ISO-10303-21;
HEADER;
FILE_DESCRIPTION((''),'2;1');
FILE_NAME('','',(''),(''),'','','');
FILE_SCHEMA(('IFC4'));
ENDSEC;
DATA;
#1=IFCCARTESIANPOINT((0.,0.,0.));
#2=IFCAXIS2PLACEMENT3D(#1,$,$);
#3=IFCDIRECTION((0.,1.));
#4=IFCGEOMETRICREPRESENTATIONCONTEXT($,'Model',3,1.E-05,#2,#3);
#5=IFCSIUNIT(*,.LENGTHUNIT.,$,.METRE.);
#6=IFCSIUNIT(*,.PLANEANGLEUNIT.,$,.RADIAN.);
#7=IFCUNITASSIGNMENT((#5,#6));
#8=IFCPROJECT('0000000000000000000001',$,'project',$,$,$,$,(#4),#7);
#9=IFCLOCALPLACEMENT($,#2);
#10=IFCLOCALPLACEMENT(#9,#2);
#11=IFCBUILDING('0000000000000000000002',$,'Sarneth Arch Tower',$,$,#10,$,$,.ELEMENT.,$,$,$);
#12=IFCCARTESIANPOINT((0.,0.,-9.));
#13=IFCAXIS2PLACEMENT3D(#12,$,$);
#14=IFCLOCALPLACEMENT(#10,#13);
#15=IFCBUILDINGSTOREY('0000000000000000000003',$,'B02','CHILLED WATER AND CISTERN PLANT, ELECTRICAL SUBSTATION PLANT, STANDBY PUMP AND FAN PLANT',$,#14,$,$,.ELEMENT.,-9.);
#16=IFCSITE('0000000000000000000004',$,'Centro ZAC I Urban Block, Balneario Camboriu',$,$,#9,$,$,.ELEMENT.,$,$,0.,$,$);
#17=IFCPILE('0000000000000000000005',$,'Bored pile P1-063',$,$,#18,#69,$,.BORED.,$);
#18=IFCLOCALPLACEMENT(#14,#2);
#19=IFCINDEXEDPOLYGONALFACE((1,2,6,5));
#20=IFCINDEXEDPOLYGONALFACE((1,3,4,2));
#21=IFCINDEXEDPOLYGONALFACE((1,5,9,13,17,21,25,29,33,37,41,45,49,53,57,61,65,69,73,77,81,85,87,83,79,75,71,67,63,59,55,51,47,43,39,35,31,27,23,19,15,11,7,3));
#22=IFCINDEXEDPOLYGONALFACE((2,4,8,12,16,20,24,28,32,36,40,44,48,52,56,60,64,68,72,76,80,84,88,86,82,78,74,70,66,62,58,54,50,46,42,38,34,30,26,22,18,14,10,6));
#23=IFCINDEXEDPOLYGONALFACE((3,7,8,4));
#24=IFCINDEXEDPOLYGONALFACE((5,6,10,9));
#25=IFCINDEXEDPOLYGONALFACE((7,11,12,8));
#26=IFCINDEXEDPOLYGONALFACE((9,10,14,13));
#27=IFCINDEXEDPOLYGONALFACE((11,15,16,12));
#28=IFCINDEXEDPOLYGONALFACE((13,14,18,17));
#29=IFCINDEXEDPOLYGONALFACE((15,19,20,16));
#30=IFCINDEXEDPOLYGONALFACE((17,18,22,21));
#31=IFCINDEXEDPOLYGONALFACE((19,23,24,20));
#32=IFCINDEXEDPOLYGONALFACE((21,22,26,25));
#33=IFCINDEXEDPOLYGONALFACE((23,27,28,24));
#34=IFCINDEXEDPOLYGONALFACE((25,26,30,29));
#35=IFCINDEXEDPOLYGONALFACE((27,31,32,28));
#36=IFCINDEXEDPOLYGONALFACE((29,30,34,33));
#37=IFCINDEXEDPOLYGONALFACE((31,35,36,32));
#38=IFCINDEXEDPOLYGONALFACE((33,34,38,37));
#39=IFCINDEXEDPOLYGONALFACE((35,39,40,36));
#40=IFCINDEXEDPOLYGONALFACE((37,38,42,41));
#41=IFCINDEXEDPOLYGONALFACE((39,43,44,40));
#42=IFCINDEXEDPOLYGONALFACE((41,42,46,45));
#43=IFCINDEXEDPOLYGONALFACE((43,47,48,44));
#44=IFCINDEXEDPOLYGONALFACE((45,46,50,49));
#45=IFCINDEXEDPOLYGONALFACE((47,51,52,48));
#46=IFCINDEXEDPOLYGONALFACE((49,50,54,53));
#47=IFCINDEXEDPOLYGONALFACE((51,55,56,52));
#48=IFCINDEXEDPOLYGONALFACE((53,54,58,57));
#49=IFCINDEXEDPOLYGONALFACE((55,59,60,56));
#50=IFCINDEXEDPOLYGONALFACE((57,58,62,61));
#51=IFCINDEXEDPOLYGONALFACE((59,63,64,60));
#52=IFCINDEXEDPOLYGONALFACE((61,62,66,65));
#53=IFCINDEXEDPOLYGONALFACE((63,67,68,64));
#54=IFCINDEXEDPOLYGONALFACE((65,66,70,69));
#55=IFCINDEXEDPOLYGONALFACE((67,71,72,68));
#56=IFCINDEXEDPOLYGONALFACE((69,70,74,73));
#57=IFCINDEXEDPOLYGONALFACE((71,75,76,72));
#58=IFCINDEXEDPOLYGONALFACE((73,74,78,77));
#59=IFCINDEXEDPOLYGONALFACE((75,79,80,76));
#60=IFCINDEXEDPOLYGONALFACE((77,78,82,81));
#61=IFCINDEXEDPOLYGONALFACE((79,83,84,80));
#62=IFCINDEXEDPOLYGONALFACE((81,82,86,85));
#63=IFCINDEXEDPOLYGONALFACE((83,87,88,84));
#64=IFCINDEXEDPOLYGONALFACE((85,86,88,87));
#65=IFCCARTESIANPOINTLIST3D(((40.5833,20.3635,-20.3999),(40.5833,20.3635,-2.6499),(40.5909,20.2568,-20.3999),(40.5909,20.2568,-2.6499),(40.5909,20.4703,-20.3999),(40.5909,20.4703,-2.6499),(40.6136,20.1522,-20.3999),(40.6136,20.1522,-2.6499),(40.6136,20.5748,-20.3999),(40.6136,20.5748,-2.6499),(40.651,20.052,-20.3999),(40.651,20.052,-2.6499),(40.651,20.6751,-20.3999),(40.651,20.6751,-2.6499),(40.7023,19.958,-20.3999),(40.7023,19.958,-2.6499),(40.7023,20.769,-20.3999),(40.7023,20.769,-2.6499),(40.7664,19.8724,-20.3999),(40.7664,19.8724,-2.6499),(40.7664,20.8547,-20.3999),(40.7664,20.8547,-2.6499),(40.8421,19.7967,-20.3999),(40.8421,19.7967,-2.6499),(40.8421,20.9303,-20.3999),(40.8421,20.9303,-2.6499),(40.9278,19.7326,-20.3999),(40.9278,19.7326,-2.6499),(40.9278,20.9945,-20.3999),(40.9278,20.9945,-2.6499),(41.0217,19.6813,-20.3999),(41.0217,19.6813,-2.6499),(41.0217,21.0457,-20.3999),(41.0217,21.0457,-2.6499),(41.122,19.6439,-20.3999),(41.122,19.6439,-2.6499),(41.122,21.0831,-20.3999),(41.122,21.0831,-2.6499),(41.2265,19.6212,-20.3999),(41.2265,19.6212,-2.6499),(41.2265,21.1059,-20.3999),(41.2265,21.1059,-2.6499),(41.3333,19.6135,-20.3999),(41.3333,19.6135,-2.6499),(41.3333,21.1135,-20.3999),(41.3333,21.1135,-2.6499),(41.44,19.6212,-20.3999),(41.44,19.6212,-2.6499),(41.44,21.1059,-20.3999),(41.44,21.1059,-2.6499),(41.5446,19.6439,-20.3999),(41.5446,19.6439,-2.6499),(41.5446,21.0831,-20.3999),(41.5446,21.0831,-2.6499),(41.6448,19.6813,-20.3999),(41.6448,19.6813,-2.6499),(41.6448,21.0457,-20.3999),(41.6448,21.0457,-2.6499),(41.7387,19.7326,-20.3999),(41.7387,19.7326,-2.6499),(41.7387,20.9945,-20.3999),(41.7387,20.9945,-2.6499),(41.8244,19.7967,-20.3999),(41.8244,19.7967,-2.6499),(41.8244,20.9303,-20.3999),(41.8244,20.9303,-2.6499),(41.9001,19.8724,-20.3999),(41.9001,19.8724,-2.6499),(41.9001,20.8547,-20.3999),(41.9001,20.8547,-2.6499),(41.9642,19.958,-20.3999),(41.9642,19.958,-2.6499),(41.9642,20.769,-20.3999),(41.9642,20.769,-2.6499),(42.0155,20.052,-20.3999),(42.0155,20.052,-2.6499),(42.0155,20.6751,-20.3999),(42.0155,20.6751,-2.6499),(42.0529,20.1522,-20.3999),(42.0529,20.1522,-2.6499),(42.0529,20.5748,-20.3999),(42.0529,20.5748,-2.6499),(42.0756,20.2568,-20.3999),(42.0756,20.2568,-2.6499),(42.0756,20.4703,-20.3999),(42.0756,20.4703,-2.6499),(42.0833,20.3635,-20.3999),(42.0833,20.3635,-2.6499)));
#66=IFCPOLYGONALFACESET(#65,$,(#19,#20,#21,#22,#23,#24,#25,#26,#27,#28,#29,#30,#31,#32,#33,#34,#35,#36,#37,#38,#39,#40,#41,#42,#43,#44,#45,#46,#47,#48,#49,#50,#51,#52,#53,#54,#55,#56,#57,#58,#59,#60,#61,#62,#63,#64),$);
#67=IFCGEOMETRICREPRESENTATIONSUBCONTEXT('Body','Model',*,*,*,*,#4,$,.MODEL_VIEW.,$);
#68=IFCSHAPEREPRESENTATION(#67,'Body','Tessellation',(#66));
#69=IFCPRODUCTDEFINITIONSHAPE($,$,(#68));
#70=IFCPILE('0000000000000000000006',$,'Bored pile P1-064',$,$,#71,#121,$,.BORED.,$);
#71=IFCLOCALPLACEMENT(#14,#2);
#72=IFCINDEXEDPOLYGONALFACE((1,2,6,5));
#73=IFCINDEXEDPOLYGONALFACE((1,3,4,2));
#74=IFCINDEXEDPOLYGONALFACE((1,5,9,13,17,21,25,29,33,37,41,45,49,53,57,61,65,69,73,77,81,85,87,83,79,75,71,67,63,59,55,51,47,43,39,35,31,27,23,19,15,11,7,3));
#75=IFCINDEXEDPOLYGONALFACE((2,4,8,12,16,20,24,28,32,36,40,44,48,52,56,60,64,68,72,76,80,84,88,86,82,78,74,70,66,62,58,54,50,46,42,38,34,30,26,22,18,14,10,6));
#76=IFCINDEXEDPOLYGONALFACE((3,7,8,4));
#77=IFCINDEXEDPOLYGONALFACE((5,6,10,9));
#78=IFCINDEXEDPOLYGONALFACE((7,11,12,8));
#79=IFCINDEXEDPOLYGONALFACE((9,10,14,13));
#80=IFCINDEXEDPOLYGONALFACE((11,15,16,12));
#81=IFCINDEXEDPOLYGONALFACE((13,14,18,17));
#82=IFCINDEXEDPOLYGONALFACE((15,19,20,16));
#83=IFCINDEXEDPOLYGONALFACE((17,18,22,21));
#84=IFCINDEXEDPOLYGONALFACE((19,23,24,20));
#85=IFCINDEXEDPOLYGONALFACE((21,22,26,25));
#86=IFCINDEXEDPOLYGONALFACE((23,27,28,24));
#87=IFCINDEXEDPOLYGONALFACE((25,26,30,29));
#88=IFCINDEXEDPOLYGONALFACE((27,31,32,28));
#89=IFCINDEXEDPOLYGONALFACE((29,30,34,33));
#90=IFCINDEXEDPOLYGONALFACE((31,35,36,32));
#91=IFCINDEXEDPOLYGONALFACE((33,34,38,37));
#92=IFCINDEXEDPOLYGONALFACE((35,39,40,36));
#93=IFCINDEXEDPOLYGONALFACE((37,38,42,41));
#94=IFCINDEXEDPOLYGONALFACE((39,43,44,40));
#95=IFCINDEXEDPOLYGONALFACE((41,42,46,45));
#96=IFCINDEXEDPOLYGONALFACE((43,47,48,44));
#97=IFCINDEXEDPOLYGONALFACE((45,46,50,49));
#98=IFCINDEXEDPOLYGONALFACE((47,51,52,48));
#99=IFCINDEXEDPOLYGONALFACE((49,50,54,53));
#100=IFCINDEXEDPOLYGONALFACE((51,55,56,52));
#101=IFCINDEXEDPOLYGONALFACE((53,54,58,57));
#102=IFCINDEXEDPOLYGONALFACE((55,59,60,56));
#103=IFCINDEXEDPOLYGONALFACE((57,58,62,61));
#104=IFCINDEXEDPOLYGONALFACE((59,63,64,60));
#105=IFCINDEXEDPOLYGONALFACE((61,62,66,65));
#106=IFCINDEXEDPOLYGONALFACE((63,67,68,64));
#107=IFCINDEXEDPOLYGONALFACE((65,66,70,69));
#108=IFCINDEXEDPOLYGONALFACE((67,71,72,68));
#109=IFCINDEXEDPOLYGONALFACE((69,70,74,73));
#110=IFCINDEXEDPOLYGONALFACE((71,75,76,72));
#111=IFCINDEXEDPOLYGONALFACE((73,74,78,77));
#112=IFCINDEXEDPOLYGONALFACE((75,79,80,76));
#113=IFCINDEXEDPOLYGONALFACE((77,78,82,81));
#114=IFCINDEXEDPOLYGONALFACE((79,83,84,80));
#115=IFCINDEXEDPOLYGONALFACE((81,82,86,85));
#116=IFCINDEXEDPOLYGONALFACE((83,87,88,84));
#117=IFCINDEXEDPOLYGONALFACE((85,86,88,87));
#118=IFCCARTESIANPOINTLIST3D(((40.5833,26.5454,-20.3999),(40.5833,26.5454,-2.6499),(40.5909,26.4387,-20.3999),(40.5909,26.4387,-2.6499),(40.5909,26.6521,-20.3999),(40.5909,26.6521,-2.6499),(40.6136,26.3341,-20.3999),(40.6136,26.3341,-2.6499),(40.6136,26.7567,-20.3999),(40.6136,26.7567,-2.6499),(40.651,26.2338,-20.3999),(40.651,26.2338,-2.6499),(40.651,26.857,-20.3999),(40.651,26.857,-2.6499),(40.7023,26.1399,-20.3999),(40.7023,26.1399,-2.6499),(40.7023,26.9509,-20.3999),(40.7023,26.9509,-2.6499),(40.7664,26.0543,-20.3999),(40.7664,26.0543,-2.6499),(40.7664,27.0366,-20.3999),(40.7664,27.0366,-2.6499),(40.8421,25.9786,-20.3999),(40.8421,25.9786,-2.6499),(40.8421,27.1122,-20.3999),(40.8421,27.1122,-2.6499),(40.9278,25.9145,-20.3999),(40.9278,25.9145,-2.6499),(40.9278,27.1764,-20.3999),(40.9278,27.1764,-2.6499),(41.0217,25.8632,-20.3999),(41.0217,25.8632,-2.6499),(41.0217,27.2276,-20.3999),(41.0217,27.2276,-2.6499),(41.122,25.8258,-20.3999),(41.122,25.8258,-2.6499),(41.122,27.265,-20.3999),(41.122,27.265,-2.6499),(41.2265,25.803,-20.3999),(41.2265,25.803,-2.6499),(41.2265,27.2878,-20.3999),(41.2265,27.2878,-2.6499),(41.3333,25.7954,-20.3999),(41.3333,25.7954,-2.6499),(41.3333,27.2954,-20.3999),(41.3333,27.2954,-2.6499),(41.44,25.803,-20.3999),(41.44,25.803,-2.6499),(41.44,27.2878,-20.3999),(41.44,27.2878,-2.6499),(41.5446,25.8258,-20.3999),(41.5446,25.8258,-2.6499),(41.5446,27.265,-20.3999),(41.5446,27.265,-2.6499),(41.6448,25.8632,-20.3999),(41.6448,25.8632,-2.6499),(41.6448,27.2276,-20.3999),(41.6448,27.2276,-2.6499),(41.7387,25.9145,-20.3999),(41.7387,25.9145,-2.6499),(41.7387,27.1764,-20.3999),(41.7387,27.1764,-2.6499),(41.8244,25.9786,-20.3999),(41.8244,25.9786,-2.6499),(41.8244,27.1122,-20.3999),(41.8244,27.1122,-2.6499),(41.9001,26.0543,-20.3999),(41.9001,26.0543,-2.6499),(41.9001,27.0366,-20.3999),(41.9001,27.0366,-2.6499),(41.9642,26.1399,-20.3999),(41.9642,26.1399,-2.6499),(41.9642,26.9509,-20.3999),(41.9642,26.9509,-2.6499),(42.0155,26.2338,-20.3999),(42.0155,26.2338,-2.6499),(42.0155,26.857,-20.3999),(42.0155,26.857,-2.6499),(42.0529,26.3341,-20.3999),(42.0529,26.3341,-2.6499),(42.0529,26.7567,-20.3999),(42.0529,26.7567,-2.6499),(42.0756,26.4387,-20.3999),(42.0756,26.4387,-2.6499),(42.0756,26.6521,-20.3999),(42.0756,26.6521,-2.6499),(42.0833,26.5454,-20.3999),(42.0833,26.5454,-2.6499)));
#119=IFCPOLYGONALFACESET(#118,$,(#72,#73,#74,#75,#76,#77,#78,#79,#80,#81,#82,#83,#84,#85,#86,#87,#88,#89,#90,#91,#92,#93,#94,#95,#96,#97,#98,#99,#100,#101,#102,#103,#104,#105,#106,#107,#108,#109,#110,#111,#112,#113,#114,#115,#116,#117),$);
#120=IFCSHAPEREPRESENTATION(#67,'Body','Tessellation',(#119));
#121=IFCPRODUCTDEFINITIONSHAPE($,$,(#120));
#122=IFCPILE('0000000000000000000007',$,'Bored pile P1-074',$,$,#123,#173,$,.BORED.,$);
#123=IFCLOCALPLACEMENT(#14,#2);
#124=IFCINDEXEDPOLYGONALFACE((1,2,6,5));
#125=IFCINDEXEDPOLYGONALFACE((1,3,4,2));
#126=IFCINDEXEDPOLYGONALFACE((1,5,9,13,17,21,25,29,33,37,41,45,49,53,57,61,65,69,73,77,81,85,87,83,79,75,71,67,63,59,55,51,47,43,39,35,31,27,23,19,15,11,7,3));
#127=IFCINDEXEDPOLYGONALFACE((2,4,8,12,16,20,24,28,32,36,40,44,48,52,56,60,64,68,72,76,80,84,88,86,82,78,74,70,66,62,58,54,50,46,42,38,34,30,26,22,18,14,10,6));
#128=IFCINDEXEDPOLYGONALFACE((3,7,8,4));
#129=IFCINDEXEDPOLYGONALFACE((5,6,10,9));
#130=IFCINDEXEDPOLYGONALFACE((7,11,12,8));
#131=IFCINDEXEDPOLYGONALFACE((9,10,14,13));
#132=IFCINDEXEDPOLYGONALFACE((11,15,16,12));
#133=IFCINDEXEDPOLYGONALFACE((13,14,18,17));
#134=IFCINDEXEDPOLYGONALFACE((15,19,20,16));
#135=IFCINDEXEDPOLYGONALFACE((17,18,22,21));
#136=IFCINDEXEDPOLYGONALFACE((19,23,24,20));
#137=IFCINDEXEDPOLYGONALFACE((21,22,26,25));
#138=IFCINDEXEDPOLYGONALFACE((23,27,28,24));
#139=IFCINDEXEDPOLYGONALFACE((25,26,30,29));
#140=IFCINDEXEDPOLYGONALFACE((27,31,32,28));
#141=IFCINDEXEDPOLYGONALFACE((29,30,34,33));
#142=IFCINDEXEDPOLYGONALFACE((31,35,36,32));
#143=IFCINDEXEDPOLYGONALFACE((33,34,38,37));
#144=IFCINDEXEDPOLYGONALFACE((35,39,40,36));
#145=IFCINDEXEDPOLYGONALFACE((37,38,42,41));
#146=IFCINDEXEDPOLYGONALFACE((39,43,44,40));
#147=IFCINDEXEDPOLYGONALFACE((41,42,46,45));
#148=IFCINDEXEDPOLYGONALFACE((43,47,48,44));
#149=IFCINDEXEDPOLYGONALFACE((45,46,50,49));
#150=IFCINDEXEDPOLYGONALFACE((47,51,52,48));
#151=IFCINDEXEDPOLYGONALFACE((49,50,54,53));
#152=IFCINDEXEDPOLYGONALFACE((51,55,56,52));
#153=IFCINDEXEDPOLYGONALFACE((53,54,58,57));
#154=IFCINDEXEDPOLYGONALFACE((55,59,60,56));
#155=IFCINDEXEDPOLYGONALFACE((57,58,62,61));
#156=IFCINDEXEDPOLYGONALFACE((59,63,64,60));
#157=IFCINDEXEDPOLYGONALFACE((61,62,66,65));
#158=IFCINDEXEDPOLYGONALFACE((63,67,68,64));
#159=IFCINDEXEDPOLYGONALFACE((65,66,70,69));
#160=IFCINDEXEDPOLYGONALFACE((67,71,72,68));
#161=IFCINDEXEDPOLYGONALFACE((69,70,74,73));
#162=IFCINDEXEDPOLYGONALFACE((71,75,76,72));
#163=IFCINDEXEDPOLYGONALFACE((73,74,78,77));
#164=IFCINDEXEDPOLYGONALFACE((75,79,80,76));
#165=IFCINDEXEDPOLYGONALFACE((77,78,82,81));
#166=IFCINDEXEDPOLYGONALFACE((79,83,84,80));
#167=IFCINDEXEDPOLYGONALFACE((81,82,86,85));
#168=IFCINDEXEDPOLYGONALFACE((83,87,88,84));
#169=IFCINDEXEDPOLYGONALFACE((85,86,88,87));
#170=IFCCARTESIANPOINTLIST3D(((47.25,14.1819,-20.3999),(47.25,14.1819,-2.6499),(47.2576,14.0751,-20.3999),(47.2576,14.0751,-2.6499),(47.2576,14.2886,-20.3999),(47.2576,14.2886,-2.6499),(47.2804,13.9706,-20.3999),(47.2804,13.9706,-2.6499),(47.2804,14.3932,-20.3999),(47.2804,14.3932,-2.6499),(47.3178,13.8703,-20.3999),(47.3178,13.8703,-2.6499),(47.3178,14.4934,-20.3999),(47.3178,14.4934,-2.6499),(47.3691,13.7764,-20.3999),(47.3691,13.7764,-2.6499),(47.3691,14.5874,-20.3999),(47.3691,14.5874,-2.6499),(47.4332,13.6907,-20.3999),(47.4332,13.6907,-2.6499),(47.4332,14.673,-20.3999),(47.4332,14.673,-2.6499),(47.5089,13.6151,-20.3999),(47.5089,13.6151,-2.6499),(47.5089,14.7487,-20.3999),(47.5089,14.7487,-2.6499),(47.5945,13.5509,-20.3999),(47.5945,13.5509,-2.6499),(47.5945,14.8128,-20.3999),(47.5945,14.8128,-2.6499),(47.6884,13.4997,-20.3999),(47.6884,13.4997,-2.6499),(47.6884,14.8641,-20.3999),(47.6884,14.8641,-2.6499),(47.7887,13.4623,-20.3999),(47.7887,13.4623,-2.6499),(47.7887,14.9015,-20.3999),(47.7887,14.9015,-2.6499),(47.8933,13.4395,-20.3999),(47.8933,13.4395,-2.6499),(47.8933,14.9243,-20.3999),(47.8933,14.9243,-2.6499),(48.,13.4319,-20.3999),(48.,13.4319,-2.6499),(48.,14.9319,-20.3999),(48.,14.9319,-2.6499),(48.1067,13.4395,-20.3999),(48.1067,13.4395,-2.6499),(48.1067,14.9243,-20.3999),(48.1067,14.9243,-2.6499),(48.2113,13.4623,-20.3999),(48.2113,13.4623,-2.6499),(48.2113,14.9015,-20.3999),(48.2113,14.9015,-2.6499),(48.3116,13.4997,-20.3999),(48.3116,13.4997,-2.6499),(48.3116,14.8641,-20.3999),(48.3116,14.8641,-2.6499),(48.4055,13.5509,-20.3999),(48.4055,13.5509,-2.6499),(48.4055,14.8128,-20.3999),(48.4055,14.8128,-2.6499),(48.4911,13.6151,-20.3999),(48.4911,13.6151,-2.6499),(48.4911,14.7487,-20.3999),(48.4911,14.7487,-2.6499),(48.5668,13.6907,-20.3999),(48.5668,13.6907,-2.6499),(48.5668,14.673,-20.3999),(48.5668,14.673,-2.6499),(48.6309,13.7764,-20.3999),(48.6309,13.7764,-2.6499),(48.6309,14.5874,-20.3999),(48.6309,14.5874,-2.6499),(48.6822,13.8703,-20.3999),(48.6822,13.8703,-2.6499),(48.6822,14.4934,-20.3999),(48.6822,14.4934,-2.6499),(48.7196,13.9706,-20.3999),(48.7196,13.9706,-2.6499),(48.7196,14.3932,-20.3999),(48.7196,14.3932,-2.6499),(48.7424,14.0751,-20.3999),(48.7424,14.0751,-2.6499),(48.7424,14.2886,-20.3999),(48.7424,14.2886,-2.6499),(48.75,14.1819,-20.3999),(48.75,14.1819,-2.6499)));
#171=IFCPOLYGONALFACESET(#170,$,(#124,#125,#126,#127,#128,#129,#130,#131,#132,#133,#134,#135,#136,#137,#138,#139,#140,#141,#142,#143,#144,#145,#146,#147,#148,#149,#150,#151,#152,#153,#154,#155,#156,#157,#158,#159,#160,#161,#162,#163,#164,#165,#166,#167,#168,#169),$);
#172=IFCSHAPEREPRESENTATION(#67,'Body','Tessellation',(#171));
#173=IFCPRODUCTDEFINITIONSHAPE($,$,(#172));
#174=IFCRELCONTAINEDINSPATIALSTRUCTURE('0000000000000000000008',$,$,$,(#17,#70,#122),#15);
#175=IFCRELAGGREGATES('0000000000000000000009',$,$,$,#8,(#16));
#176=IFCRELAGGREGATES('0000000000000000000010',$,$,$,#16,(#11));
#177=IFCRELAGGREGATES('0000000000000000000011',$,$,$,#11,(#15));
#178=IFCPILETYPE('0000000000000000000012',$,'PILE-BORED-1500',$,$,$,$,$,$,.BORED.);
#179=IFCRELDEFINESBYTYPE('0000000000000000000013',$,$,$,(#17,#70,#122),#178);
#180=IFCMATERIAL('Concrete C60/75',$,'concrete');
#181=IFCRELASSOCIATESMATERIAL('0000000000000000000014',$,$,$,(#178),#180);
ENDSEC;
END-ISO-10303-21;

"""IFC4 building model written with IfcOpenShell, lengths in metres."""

from ifc_helpers import new_model, si_unit, direction, frame, origin, origin_2d, place, context, subcontext, project, spatial, circle, extrude, material, material_profile, profile_set, type_object, element, save


model = new_model("IFC4")

# Units and contexts
model_context = context("Model", 3, precision=1e-05, world=origin(), true_north=direction((0.0, 1.0)))
body_context = subcontext(model_context, "Body", "Model", "MODEL_VIEW")
ifc_project = project(units=[si_unit("LENGTHUNIT", "METRE"), si_unit("PLANEANGLEUNIT", "RADIAN")], contexts=[model_context])

# Site, building, storey
site_placement = place(None, origin())
site = spatial("IfcSite", under=ifc_project, at=site_placement, Name="Centro ZAC I Urban Block, Balneario Camboriu", CompositionType="ELEMENT", RefElevation=0.0)
building_placement = place(site_placement, origin())
building = spatial("IfcBuilding", under=site, at=building_placement, Name="Sarneth Arch Tower", CompositionType="ELEMENT")
storey_placement = place(building_placement, frame((0.0, 0.0, -9.0)))
storey = spatial("IfcBuildingStorey", under=building, at=storey_placement, Name="B02", Description="CHILLED WATER AND CISTERN PLANT, ELECTRICAL SUBSTATION PLANT, STANDBY PUMP AND FAN PLANT", CompositionType="ELEMENT", Elevation=-9.0)

# Piles
ifc_material_1 = material(Name="Concrete C60/75", Category="concrete")
ifc_material_profile_1 = material_profile(ifc_material_1, circle(Radius=0.75, at=origin_2d()), Name="PILE-D1500")
ifc_profile_set_1 = profile_set([ifc_material_profile_1], Name="Concrete C60/75")
pile_type_1 = type_object("IfcPileType", Name="PILE-BORED-1500", PredefinedType="BORED", material=ifc_profile_set_1)
for number, where, z_axis, x_axis, name in (
    (1, (41.3333, 20.3635, -2.6499), (0.0, 0.0, -1.0), (1.0, 0.0, 0.0), "Bored pile P1-063"),
    (2, (41.3333, 26.5454, -2.6499), (0.0, 0.0, -1.0), (1.0, 0.0, 0.0), "Bored pile P1-064"),
    (3, (48.0, 14.1819, -2.6499), (0.0, 0.0, -1.0), (1.0, 0.0, 0.0), "Bored pile P1-074"),
):
    element("IfcPile", number, at=place(storey_placement, frame(where, z_axis=z_axis, x_axis=x_axis)), inside=storey, type_object=pile_type_1, Name=name, PredefinedType="BORED", context=body_context, shape_type="SweptSolid", body=[
        extrude(circle(Radius=0.75, at=origin_2d()), origin(), (0.0, 0.0, 1.0), 17.75),
    ])

save(model, "model.ifc")
